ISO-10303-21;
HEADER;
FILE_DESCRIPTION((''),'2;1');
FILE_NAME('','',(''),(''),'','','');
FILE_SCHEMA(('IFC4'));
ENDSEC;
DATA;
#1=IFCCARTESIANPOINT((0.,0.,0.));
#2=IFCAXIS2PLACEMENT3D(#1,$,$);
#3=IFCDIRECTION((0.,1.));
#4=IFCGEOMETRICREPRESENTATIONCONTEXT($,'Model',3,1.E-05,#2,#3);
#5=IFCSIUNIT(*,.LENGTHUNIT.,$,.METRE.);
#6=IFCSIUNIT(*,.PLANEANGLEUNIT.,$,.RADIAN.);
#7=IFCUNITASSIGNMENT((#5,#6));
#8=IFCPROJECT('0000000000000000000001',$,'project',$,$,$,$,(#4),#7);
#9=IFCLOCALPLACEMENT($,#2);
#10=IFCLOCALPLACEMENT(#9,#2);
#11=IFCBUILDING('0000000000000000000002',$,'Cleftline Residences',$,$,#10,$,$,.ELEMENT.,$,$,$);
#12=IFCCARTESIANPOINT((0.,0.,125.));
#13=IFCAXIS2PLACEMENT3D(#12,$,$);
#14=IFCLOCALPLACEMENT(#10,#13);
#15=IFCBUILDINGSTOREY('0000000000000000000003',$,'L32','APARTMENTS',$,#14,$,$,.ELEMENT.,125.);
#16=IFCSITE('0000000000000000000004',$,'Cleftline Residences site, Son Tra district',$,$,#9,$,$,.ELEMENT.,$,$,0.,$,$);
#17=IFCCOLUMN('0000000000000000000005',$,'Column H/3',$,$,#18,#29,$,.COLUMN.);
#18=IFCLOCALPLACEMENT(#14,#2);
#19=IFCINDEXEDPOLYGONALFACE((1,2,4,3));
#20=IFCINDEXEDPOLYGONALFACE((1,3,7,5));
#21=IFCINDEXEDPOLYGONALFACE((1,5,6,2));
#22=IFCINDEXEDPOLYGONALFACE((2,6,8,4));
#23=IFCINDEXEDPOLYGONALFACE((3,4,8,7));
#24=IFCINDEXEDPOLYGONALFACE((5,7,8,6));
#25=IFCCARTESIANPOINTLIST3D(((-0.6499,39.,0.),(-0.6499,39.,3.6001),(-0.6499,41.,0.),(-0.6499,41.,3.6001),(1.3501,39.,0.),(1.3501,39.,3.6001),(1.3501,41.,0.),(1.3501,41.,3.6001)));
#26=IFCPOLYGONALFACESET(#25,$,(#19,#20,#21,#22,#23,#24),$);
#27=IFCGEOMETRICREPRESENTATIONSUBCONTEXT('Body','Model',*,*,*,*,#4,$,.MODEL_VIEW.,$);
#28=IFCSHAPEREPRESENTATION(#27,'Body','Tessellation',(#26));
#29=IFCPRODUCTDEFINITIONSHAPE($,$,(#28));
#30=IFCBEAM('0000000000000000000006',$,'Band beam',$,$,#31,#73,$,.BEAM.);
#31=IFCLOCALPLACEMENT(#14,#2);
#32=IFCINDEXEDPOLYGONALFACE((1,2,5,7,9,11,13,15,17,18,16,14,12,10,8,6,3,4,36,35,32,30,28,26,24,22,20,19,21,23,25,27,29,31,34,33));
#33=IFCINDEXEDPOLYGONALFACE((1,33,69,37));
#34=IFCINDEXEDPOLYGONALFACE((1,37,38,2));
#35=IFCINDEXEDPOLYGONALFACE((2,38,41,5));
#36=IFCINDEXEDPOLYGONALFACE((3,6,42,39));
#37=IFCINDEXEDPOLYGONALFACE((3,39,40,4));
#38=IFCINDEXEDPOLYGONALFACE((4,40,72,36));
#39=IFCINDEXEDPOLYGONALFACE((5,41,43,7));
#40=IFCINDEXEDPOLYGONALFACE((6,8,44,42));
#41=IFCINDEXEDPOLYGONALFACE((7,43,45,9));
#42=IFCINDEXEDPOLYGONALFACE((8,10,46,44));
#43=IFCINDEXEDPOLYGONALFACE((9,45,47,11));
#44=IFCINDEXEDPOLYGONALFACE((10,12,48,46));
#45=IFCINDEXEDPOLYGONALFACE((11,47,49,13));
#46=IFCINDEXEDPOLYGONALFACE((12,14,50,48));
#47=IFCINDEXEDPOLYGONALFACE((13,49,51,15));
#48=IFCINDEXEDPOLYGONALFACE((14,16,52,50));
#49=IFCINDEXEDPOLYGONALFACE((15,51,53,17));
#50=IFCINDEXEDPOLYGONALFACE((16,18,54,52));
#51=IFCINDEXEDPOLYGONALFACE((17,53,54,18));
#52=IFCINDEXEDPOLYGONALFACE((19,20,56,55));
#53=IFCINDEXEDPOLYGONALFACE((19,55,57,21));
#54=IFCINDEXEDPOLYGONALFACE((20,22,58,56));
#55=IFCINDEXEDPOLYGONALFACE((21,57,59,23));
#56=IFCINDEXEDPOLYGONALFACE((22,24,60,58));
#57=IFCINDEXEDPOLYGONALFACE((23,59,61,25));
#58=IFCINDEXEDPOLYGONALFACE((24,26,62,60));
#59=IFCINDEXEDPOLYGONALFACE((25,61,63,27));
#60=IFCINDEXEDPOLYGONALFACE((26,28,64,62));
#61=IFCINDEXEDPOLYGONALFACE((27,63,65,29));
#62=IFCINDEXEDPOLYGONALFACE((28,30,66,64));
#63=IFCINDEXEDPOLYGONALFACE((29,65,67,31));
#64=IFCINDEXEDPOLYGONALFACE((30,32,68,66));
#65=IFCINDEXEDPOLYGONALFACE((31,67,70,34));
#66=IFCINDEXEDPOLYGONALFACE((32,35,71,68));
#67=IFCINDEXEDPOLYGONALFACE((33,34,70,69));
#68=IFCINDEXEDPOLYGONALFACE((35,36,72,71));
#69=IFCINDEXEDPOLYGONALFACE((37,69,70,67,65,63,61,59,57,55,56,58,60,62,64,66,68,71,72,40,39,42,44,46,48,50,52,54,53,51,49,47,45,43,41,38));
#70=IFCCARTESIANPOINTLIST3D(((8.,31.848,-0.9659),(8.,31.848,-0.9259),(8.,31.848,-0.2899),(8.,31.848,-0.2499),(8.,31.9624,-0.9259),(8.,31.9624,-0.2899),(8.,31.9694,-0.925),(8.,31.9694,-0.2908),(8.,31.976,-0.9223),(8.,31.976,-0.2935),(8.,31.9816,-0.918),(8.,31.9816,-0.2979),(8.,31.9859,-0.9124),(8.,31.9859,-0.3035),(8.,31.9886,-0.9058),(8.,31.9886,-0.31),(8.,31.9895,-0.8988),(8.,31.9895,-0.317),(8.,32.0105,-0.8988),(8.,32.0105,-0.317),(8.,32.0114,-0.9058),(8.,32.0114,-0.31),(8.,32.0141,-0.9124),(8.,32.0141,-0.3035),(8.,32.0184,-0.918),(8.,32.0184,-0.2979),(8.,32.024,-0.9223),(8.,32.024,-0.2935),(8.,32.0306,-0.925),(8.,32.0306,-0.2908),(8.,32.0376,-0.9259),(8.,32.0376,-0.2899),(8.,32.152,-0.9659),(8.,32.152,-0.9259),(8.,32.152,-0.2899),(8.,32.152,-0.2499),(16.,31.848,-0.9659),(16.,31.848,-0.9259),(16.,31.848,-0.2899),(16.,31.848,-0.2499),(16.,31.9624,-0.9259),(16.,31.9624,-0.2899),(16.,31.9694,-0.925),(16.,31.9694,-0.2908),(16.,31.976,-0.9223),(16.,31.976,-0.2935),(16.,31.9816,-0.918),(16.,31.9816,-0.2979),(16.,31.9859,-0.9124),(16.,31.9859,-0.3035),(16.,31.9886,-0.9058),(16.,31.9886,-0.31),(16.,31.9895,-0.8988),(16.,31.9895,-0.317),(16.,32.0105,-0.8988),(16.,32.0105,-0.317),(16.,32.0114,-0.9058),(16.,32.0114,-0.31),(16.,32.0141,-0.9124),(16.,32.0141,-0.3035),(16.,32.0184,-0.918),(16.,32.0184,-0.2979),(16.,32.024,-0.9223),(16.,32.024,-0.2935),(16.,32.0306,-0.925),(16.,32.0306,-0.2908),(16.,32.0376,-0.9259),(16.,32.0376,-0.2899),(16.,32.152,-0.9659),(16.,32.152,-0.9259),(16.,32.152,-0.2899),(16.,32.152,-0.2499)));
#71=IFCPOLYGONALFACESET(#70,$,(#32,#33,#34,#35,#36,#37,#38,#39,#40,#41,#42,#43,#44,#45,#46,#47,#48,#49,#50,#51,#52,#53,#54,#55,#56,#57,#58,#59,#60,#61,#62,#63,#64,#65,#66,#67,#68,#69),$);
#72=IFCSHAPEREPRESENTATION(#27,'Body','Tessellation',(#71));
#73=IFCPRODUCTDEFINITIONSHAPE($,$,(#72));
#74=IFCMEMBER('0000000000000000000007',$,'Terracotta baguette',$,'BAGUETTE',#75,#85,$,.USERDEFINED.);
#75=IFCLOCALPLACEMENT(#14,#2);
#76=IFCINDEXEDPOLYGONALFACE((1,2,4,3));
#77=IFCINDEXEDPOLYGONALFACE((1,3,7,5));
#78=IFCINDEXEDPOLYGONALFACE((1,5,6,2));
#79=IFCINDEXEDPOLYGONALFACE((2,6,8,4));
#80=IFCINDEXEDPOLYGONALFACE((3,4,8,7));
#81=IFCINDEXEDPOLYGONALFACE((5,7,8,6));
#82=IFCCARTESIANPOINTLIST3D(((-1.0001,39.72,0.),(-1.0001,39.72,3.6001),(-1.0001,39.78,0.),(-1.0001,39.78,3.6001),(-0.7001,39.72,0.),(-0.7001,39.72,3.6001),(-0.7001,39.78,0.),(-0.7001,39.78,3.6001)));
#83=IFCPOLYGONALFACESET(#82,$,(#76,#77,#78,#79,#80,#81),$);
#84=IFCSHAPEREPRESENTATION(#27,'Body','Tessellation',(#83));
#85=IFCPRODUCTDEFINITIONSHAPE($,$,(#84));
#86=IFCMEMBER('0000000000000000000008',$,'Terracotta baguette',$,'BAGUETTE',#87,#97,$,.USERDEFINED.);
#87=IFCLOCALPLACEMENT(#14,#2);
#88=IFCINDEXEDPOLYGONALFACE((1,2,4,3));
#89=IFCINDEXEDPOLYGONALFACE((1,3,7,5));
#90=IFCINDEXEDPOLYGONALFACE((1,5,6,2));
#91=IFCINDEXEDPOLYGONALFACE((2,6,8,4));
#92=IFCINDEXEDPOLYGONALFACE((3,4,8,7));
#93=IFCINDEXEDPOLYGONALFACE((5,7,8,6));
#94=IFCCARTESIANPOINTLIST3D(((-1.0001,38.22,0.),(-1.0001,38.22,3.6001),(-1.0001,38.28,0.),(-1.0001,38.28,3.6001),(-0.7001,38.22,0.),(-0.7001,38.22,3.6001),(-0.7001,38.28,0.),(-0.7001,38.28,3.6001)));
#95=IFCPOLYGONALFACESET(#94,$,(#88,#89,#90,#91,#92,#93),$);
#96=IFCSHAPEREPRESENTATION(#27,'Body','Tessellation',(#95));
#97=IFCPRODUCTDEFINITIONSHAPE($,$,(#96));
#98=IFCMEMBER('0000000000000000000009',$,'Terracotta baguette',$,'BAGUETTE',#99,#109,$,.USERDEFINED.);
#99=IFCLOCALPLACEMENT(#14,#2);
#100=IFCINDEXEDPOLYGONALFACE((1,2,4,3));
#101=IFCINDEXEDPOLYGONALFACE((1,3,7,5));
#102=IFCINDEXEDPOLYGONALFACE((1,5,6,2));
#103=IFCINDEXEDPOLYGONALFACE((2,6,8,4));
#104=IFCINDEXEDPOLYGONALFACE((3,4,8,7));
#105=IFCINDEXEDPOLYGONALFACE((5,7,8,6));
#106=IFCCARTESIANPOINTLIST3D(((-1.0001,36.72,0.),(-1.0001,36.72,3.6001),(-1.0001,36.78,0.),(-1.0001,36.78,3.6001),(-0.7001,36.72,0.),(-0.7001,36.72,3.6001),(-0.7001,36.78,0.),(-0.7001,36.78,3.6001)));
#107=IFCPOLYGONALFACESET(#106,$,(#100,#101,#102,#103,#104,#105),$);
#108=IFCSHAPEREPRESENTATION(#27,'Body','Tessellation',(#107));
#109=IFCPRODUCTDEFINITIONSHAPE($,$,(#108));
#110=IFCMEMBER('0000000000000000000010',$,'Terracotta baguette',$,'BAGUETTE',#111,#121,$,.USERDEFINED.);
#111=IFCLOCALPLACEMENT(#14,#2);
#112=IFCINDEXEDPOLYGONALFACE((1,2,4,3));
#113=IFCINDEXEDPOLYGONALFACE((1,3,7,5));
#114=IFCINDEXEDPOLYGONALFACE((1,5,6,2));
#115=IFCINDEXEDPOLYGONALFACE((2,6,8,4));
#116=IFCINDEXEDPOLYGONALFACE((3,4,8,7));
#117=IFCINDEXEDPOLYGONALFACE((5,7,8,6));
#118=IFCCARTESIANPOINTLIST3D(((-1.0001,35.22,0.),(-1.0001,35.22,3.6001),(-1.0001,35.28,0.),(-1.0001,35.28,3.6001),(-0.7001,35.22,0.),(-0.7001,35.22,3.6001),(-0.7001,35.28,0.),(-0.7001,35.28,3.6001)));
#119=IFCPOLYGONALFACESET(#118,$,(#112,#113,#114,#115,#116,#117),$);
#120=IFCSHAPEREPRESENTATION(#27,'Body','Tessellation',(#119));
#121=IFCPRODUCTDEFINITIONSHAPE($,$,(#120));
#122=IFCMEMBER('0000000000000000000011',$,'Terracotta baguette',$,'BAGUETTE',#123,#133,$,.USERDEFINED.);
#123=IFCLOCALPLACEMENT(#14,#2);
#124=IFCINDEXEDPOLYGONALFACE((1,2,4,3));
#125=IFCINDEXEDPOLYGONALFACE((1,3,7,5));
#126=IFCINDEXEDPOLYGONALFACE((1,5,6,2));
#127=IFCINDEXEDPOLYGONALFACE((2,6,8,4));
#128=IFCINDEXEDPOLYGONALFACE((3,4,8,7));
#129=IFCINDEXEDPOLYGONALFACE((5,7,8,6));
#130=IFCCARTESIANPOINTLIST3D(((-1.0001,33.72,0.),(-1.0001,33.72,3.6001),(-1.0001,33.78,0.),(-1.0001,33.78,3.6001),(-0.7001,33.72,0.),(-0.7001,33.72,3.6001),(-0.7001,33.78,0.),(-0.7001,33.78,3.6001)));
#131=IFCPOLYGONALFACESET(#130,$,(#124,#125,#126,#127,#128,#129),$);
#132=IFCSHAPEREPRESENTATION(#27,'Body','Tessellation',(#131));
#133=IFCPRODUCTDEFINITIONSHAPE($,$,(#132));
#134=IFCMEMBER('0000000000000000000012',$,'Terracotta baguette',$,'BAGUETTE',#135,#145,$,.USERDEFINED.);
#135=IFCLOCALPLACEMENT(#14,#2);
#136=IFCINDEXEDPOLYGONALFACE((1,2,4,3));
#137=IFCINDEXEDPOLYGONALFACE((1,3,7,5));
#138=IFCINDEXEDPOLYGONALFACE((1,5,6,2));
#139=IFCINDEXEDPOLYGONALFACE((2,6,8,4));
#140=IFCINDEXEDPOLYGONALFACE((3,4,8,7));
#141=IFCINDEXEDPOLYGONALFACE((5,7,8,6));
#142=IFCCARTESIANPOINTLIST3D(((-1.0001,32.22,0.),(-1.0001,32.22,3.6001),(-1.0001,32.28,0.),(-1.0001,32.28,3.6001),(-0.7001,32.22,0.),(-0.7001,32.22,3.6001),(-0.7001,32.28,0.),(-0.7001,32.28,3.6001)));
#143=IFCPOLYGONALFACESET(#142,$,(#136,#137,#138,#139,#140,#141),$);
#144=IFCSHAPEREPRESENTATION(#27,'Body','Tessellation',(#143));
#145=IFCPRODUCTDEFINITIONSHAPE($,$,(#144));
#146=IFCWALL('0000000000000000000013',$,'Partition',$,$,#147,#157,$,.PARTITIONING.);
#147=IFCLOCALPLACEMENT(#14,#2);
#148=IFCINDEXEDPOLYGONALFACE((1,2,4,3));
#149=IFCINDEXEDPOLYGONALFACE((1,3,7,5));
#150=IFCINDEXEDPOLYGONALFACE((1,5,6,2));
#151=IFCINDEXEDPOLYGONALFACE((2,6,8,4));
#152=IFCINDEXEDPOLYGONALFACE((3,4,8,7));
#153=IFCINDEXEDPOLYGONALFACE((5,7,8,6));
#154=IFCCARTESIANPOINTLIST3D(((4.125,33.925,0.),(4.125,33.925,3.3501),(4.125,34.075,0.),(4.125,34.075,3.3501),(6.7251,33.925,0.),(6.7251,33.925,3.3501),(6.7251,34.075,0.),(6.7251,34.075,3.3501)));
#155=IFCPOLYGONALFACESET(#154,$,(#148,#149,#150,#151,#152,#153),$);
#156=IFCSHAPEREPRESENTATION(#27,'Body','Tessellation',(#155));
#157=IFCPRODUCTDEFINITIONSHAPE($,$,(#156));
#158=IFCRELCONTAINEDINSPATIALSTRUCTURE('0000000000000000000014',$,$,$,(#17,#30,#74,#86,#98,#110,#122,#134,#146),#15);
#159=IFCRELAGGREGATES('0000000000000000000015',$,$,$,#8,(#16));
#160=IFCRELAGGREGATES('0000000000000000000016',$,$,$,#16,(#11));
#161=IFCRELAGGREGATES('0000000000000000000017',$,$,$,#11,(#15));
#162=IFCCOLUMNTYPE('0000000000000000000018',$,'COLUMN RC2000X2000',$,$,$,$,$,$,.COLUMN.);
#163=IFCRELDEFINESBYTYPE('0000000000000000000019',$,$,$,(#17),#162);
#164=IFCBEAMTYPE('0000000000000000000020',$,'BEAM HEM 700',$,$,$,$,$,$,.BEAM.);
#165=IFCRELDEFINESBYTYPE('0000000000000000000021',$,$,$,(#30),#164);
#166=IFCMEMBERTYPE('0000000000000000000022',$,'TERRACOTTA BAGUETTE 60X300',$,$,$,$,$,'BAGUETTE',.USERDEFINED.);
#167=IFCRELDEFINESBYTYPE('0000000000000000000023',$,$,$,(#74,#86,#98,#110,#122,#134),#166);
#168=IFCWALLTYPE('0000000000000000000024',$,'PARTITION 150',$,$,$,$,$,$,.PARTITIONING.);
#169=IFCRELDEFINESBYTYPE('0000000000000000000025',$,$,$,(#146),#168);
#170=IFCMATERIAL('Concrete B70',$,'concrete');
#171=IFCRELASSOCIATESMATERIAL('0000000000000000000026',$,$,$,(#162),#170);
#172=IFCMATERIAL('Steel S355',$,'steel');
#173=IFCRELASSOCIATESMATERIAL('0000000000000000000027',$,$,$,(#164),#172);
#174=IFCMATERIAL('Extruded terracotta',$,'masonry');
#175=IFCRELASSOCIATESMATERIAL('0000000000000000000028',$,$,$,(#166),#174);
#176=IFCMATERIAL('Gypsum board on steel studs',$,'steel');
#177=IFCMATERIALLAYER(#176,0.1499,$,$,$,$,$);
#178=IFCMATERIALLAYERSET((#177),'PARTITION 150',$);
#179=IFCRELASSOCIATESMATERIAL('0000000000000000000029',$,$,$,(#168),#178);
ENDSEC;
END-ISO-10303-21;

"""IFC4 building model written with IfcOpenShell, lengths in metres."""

from ifc_helpers import new_model, si_unit, direction, frame, frame_2d, origin, origin_2d, place, context, subcontext, project, spatial, rectangle, i_section, extrude, material, layer, layer_set, material_profile, profile_set, type_object, element, save


model = new_model("IFC4")

# Units and contexts
model_context = context("Model", 3, precision=1e-05, world=origin(), true_north=direction((0.0, 1.0)))
body_context = subcontext(model_context, "Body", "Model", "MODEL_VIEW")
ifc_project = project(units=[si_unit("LENGTHUNIT", "METRE"), si_unit("PLANEANGLEUNIT", "RADIAN")], contexts=[model_context])

# Site, building, storey
site_placement = place(None, origin())
site = spatial("IfcSite", under=ifc_project, at=site_placement, Name="Cleftline Residences site, Son Tra district", CompositionType="ELEMENT", RefElevation=0.0)
building_placement = place(site_placement, origin())
building = spatial("IfcBuilding", under=site, at=building_placement, Name="Cleftline Residences", CompositionType="ELEMENT")
storey_placement = place(building_placement, frame((0.0, 0.0, 125.0)))
storey = spatial("IfcBuildingStorey", under=building, at=storey_placement, Name="L32", Description="APARTMENTS", CompositionType="ELEMENT", Elevation=125.0)

# Column
ifc_material_1 = material(Name="Concrete B70", Category="concrete")
ifc_material_profile_1 = material_profile(ifc_material_1, rectangle(XDim=2.0, YDim=2.0, at=origin_2d()))
ifc_profile_set_1 = profile_set([ifc_material_profile_1], Name="Concrete B70")
column_type = type_object("IfcColumnType", Name="COLUMN RC2000X2000", PredefinedType="COLUMN", material=ifc_profile_set_1)
column_placement = place(storey_placement, frame((0.3501, 40.0, 0.0), z_axis=(0.0, 0.0, 1.0), x_axis=(1.0, 0.0, 0.0)))
element("IfcColumn", 1, at=column_placement, inside=storey, type_object=column_type, Name="Column H/3", PredefinedType="COLUMN", context=body_context, shape_type="SweptSolid", body=[
    extrude(rectangle(XDim=2.0, YDim=2.0, at=origin_2d()), origin(), (0.0, 0.0, 1.0), 3.6001),
])

# Beam
ifc_material_2 = material(Name="Steel S355", Category="steel")
ifc_material_profile_2 = material_profile(ifc_material_2, i_section(OverallWidth=0.304, OverallDepth=0.7161, WebThickness=0.021, FlangeThickness=0.04, FilletRadius=0.0271, at=origin_2d()))
ifc_profile_set_2 = profile_set([ifc_material_profile_2], Name="Steel S355")
beam_type = type_object("IfcBeamType", Name="BEAM HEM 700", PredefinedType="BEAM", material=ifc_profile_set_2)
beam_placement = place(storey_placement, frame((8.0, 32.0, -0.6079), z_axis=(1.0, 0.0, 0.0), x_axis=(0.0, 1.0, 0.0)))
element("IfcBeam", 2, at=beam_placement, inside=storey, type_object=beam_type, Name="Band beam", PredefinedType="BEAM", context=body_context, shape_type="SweptSolid", body=[
    extrude(i_section(OverallWidth=0.304, OverallDepth=0.7161, WebThickness=0.021, FlangeThickness=0.04, FilletRadius=0.0271, at=origin_2d()), origin(), (0.0, 0.0, 1.0), 8.0),
])

# Members
ifc_material_3 = material(Name="Extruded terracotta", Category="masonry")
ifc_material_profile_3 = material_profile(ifc_material_3, rectangle(XDim=0.0601, YDim=0.3, at=origin_2d()))
ifc_profile_set_3 = profile_set([ifc_material_profile_3], Name="Extruded terracotta")
member_type = type_object("IfcMemberType", Name="TERRACOTTA BAGUETTE 60X300", ElementType="BAGUETTE", PredefinedType="USERDEFINED", material=ifc_profile_set_3)
for number, where, z_axis, x_axis, name in (
    (3, (-0.8501, 39.75, 0.0), (0.0, 0.0, 1.0), (0.0, 1.0, 0.0), "Terracotta baguette"),
    (4, (-0.8501, 38.25, 0.0), (0.0, 0.0, 1.0), (0.0, 1.0, 0.0), "Terracotta baguette"),
    (5, (-0.8501, 36.75, 0.0), (0.0, 0.0, 1.0), (0.0, 1.0, 0.0), "Terracotta baguette"),
    (6, (-0.8501, 35.25, 0.0), (0.0, 0.0, 1.0), (0.0, 1.0, 0.0), "Terracotta baguette"),
    (7, (-0.8501, 33.75, 0.0), (0.0, 0.0, 1.0), (0.0, 1.0, 0.0), "Terracotta baguette"),
    (8, (-0.8501, 32.25, 0.0), (0.0, 0.0, 1.0), (0.0, 1.0, 0.0), "Terracotta baguette"),
):
    element("IfcMember", number, at=place(storey_placement, frame(where, z_axis=z_axis, x_axis=x_axis)), inside=storey, type_object=member_type, Name=name, ObjectType="BAGUETTE", PredefinedType="USERDEFINED", context=body_context, shape_type="SweptSolid", body=[
        extrude(rectangle(XDim=0.0601, YDim=0.3, at=origin_2d()), origin(), (0.0, 0.0, 1.0), 3.6001),
    ])

# Wall
ifc_material_4 = material(Name="Gypsum board on steel studs", Category="steel")
ifc_layer = layer(ifc_material_4, 0.1499)
ifc_layer_set = layer_set([ifc_layer], Name="PARTITION 150")
wall_type = type_object("IfcWallType", Name="PARTITION 150", PredefinedType="PARTITIONING", material=ifc_layer_set)
wall_1_placement = place(storey_placement, frame((4.125, 34.0, 0.0), z_axis=(0.0, 0.0, 1.0), x_axis=(1.0, 0.0, 0.0)))
element("IfcWall", 9, at=wall_1_placement, inside=storey, type_object=wall_type, Name="Partition", PredefinedType="PARTITIONING", context=body_context, shape_type="SweptSolid", body=[
    extrude(rectangle(XDim=2.6001, YDim=0.1499, at=frame_2d((1.3, 0.0))), origin(), (0.0, 0.0, 1.0), 3.3501),
])

save(model, "model.ifc")
